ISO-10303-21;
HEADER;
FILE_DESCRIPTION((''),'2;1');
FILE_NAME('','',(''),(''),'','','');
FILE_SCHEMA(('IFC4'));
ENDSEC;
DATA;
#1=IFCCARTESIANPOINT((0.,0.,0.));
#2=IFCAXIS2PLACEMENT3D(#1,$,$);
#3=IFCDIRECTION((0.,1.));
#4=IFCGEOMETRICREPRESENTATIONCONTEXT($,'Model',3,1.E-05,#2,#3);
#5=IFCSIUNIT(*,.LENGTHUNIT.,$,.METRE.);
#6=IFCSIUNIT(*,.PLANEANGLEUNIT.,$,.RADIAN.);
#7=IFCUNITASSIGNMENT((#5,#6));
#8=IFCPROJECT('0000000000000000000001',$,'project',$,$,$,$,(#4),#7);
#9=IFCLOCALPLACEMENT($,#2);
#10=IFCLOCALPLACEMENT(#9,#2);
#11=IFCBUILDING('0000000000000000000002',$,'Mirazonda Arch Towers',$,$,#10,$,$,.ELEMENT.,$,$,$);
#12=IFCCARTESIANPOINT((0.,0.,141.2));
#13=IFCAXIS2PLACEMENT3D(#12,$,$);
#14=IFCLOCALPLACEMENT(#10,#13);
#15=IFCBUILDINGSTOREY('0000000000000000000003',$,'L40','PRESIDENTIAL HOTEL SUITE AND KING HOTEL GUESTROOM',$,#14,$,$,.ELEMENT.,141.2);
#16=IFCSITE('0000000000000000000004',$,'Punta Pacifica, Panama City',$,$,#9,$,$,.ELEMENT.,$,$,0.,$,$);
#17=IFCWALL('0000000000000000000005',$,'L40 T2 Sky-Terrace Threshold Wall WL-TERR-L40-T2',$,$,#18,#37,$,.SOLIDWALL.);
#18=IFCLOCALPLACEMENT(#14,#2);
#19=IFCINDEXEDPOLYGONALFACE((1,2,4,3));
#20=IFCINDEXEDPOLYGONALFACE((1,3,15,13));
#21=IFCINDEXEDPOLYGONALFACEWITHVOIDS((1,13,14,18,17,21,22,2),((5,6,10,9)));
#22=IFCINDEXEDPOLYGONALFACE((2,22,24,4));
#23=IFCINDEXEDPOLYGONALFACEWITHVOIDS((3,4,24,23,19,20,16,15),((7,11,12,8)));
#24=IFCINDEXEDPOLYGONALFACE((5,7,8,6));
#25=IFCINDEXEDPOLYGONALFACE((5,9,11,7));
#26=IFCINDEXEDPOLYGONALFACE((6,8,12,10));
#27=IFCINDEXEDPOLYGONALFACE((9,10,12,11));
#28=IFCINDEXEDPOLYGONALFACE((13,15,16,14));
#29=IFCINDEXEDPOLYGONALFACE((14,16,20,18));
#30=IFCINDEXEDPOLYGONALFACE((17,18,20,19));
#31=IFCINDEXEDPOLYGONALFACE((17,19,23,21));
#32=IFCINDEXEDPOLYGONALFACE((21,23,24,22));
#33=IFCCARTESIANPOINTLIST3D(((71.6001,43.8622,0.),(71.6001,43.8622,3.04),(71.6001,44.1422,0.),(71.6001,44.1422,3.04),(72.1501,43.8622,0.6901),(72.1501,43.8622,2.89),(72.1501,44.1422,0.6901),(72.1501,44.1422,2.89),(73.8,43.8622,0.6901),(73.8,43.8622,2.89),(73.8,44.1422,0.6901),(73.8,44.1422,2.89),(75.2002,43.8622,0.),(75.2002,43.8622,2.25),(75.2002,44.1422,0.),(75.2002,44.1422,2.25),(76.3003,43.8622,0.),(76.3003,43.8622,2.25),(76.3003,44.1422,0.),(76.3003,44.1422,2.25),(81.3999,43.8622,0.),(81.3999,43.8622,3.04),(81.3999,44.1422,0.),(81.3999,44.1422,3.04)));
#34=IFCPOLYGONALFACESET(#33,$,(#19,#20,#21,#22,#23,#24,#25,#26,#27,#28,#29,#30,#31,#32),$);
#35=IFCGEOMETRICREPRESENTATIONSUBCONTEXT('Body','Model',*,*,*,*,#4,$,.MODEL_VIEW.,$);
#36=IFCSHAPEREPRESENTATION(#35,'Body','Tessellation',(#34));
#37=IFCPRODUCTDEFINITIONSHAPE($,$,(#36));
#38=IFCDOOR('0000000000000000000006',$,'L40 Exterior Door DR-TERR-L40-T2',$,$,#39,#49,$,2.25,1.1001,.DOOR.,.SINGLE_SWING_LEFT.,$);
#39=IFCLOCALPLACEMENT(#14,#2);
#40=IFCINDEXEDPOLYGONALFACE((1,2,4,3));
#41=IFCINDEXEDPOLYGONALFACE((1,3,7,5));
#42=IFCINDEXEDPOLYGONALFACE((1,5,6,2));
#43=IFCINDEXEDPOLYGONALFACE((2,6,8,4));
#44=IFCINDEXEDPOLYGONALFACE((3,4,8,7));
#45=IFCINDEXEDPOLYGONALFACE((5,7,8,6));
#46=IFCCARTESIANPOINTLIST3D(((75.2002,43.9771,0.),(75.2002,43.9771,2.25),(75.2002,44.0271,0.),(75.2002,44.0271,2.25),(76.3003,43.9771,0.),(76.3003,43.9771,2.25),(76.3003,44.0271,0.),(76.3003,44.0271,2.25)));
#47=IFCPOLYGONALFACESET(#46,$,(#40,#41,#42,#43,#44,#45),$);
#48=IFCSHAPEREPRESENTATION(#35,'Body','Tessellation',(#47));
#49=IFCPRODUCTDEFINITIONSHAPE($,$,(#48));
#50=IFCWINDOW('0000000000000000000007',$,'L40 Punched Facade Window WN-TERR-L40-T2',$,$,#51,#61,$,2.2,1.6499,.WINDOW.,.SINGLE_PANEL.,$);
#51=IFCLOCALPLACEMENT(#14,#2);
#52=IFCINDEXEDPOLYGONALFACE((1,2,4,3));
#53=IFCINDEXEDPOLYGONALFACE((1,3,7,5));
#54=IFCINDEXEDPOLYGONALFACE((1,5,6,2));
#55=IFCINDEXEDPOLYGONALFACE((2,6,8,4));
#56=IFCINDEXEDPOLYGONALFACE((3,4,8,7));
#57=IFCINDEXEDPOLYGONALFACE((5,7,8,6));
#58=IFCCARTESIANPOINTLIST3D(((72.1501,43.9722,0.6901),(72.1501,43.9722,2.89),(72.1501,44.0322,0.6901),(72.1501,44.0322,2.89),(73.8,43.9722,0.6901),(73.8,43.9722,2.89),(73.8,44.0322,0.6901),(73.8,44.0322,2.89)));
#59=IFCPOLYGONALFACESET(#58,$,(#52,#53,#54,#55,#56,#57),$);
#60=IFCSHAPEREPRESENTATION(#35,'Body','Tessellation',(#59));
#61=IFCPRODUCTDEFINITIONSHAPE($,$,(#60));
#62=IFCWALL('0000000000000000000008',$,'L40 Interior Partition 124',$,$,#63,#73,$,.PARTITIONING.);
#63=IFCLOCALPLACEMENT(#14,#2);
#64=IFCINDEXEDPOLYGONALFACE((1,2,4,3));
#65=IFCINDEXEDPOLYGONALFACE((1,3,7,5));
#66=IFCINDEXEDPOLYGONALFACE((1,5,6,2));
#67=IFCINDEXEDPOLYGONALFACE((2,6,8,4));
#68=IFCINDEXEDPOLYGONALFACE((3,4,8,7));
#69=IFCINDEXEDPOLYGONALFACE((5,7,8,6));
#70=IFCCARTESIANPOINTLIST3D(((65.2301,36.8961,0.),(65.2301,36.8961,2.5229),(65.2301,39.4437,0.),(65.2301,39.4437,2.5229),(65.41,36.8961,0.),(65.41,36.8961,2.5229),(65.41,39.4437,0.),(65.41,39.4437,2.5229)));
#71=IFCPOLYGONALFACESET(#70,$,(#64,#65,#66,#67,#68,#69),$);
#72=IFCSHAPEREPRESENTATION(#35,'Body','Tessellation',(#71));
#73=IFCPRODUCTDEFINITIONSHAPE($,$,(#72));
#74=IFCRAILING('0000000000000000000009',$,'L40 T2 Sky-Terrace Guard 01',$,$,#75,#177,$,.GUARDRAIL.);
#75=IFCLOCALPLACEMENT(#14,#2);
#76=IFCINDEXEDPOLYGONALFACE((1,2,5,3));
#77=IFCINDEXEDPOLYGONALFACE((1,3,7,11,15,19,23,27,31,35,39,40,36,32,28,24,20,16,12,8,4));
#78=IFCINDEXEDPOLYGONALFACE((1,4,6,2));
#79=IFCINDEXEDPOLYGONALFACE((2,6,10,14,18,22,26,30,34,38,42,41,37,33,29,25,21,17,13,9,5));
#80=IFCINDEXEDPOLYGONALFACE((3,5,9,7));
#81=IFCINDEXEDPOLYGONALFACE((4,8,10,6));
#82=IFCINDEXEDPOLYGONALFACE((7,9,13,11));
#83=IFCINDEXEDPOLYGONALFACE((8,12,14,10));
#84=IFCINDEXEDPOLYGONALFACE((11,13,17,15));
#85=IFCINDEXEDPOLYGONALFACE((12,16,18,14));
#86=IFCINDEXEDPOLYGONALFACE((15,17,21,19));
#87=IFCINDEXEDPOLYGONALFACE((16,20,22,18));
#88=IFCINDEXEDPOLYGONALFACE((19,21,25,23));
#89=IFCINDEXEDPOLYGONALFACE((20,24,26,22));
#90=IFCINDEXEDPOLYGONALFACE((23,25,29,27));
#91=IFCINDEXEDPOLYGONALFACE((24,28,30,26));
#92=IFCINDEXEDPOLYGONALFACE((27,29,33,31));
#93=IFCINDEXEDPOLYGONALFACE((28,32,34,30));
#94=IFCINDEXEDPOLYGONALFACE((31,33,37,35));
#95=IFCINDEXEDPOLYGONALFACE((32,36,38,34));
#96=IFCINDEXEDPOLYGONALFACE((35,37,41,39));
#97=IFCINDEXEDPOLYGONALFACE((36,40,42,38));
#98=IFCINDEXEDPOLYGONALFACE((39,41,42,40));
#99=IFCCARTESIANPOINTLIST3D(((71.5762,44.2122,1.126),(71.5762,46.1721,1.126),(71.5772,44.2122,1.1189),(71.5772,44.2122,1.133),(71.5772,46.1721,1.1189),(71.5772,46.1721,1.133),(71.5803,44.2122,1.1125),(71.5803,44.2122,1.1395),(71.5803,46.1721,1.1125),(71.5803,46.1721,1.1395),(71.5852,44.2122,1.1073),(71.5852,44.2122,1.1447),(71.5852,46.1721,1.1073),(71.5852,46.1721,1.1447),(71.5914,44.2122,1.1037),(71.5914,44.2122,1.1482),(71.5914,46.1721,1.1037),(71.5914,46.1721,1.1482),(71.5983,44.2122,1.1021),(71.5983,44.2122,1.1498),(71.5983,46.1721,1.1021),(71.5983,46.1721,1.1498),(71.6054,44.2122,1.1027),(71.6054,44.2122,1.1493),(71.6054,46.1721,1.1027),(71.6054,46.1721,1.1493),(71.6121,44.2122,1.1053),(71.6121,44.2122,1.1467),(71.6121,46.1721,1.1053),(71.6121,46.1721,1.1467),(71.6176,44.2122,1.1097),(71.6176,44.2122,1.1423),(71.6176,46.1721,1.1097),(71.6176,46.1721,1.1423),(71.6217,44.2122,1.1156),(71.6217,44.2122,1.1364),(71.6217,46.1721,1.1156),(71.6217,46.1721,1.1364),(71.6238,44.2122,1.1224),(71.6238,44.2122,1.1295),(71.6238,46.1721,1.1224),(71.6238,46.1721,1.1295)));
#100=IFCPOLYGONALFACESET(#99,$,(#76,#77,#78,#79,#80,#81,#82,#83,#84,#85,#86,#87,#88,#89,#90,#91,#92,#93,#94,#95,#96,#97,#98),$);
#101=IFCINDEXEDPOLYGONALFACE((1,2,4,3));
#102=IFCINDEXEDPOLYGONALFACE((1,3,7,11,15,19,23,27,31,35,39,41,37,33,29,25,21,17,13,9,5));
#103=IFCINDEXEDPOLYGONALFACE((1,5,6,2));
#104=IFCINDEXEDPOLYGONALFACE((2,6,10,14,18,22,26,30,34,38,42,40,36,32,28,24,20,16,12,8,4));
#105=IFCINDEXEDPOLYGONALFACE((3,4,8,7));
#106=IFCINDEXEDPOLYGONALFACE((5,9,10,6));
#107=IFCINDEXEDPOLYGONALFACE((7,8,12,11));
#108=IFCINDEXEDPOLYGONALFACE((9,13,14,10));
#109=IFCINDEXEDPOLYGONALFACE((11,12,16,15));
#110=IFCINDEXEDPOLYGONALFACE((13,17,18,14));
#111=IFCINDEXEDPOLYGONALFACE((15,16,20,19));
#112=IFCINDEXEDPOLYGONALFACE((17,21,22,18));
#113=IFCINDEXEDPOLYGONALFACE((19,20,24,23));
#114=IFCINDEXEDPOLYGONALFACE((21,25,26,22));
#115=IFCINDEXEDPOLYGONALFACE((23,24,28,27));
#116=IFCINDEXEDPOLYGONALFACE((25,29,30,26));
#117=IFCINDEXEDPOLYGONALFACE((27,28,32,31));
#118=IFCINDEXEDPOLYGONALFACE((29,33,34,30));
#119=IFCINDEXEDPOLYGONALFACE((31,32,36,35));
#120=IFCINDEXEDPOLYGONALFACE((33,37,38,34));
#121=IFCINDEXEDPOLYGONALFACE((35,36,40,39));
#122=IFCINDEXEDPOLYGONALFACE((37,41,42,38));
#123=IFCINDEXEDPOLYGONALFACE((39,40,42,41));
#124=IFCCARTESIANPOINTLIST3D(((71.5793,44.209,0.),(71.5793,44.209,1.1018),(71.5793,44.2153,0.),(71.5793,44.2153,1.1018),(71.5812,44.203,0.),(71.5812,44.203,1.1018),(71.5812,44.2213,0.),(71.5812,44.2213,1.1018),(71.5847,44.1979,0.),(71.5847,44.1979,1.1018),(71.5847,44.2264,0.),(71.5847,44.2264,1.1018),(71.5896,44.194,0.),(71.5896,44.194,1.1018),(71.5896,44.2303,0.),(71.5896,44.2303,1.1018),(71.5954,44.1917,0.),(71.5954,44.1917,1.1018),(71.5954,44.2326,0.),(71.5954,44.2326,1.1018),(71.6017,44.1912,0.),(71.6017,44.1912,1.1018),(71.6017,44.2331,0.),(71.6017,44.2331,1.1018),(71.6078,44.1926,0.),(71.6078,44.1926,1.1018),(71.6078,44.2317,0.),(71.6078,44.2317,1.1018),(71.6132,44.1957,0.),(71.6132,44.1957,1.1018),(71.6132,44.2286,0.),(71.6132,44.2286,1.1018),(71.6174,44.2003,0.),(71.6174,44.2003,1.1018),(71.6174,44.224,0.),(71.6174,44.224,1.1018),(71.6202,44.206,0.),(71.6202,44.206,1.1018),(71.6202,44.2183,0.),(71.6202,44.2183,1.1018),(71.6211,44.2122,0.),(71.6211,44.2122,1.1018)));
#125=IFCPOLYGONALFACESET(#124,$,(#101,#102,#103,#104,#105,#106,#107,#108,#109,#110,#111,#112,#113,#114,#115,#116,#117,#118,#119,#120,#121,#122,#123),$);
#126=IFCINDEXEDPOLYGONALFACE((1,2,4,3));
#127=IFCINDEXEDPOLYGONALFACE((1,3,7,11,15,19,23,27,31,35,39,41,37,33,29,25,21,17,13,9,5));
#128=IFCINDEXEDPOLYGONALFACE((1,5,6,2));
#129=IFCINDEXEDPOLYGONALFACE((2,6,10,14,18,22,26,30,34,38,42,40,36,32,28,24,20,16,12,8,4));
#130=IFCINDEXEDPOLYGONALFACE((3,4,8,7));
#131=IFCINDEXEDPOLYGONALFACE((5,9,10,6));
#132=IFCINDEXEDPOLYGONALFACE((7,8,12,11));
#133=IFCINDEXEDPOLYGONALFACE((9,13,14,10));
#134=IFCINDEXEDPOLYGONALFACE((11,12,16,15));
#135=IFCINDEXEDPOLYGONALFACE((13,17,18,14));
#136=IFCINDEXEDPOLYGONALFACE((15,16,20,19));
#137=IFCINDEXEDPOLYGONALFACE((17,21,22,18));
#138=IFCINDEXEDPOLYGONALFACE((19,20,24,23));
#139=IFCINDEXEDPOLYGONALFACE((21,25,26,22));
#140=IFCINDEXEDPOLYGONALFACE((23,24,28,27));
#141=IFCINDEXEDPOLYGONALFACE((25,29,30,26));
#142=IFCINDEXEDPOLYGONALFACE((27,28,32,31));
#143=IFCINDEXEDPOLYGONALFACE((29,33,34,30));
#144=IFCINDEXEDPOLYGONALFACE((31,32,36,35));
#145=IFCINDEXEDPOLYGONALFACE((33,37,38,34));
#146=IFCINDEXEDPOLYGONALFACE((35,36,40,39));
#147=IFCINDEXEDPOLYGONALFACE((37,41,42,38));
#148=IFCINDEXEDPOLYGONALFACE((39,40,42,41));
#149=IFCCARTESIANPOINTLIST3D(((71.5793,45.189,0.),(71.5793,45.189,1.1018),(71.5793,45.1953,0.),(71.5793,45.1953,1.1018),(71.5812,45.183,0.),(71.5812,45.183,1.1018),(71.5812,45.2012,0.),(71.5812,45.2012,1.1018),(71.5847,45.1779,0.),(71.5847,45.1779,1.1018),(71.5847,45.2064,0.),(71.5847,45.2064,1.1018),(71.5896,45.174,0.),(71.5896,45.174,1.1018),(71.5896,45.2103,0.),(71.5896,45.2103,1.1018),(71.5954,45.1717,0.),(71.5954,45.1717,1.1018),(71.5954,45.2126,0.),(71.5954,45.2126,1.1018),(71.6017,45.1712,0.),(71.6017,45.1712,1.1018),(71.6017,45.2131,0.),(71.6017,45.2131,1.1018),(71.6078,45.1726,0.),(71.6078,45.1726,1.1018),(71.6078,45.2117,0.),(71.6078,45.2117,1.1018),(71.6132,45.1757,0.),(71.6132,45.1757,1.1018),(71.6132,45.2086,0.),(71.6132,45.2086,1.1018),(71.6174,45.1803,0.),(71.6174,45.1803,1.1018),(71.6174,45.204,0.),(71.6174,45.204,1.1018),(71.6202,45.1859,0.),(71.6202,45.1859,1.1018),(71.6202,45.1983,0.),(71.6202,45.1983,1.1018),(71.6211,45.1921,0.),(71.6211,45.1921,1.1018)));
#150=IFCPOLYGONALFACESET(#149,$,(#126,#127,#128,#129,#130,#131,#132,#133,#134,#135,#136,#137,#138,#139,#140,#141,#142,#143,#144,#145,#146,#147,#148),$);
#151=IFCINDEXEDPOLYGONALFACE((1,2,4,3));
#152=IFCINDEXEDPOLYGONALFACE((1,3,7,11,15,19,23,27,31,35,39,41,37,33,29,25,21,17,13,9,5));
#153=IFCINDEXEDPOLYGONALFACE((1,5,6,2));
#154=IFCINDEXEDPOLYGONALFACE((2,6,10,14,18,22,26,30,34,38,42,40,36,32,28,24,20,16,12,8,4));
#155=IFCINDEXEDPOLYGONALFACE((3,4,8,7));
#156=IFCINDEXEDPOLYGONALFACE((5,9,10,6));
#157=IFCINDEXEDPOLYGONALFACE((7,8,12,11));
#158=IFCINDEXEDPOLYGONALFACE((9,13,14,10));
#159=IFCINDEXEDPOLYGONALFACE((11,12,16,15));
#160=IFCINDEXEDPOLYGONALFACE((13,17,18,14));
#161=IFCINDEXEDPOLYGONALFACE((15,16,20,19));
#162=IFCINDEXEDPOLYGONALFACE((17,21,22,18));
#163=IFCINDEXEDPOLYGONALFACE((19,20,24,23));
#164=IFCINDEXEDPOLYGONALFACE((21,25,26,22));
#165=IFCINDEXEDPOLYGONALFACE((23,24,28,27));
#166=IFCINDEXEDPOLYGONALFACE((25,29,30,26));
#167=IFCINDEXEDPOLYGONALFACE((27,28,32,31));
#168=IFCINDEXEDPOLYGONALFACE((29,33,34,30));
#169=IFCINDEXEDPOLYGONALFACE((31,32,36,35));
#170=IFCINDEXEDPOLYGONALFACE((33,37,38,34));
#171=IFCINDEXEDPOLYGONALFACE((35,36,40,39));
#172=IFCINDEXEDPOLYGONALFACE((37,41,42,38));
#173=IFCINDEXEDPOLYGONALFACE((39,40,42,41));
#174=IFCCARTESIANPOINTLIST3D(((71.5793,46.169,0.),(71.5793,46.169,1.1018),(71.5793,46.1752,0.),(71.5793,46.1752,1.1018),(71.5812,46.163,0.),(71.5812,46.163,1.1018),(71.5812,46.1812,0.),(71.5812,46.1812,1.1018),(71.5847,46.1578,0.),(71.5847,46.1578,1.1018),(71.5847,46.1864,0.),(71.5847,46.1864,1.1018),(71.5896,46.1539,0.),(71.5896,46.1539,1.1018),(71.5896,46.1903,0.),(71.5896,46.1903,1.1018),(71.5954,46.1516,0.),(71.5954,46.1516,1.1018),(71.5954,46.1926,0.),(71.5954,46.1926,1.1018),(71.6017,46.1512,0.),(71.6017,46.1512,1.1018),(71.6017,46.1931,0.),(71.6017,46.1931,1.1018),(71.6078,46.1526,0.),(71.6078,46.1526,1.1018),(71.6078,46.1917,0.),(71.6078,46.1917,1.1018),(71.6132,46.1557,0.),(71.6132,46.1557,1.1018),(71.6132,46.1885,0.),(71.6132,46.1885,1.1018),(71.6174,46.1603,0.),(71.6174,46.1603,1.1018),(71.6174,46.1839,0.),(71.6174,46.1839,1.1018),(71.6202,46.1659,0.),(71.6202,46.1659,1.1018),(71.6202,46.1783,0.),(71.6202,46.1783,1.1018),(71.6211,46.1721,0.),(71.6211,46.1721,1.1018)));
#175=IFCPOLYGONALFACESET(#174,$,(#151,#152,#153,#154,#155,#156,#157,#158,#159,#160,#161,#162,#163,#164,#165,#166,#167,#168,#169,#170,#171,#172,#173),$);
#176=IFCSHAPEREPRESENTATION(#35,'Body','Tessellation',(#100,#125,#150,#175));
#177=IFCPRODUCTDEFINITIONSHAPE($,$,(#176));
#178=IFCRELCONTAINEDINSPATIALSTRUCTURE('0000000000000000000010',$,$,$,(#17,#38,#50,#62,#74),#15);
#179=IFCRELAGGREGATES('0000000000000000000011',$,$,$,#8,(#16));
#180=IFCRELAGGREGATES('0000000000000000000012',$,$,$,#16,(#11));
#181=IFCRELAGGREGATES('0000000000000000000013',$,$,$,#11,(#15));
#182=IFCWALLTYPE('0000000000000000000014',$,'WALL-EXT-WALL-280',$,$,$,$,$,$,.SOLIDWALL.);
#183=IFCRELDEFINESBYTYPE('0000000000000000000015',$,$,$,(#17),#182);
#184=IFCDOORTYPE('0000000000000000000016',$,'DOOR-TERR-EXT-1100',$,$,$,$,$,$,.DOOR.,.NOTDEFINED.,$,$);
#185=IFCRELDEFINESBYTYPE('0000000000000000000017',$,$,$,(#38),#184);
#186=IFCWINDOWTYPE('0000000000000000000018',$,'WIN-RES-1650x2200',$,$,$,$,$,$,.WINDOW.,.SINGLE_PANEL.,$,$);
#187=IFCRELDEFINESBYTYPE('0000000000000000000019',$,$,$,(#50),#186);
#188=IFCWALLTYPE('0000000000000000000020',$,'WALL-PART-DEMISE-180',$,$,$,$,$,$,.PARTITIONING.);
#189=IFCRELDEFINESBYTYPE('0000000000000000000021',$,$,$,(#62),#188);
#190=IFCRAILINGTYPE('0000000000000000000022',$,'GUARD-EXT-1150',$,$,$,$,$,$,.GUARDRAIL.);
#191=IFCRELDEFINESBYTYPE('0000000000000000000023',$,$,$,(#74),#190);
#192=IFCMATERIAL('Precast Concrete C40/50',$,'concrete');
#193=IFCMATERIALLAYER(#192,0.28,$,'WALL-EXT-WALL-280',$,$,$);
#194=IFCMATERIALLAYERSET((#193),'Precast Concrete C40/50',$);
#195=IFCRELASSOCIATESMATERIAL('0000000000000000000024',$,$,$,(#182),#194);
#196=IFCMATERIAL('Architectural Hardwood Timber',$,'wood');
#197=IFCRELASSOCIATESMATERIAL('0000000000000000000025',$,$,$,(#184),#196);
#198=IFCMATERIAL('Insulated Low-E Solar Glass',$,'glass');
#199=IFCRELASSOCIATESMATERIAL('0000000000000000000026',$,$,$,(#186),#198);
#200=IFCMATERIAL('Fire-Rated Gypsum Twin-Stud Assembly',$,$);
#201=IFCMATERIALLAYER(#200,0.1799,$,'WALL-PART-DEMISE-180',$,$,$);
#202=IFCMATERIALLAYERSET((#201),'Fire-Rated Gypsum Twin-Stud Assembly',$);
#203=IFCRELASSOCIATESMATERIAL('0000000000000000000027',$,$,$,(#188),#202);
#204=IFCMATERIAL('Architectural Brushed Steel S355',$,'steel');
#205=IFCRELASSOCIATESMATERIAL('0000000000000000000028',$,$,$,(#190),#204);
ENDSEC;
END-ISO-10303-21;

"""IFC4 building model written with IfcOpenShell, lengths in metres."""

from ifc_helpers import new_model, si_unit, direction, frame, frame_2d, origin, origin_2d, place, context, subcontext, project, spatial, rectangle, circle, extrude, material, layer, layer_set, type_object, element, fill, save


model = new_model("IFC4")

# Units and contexts
model_context = context("Model", 3, precision=1e-05, world=origin(), true_north=direction((0.0, 1.0)))
body_context = subcontext(model_context, "Body", "Model", "MODEL_VIEW")
ifc_project = project(units=[si_unit("LENGTHUNIT", "METRE"), si_unit("PLANEANGLEUNIT", "RADIAN")], contexts=[model_context])

# Site, building, storey
site_placement = place(None, origin())
site = spatial("IfcSite", under=ifc_project, at=site_placement, Name="Punta Pacifica, Panama City", CompositionType="ELEMENT", RefElevation=0.0)
building_placement = place(site_placement, origin())
building = spatial("IfcBuilding", under=site, at=building_placement, Name="Mirazonda Arch Towers", CompositionType="ELEMENT")
storey_placement = place(building_placement, frame((0.0, 0.0, 141.2)))
storey = spatial("IfcBuildingStorey", under=building, at=storey_placement, Name="L40", Description="PRESIDENTIAL HOTEL SUITE AND KING HOTEL GUESTROOM", CompositionType="ELEMENT", Elevation=141.2)

# Shared definitions
ifc_material_1 = material(Name="Insulated Low-E Solar Glass", Category="glass")

# Wall, openings, door, window
ifc_material_2 = material(Name="Precast Concrete C40/50", Category="concrete")
ifc_layer_1 = layer(ifc_material_2, 0.28, Name="WALL-EXT-WALL-280")
ifc_layer_set_1 = layer_set([ifc_layer_1], Name="Precast Concrete C40/50")
wall_type_1 = type_object("IfcWallType", Name="WALL-EXT-WALL-280", PredefinedType="SOLIDWALL", material=ifc_layer_set_1)
wall_1_placement = place(storey_placement, frame((71.6001, 44.0022, 0.0), z_axis=(0.0, 0.0, 1.0), x_axis=(1.0, 0.0, 0.0)))
wall_1 = element("IfcWall", 1, at=wall_1_placement, inside=storey, type_object=wall_type_1, Name="L40 T2 Sky-Terrace Threshold Wall WL-TERR-L40-T2", PredefinedType="SOLIDWALL", context=body_context, shape_type="SweptSolid", body=[
    extrude(rectangle(XDim=9.7998, YDim=0.28, at=frame_2d((4.8999, 0.0))), origin(), (0.0, 0.0, 1.0), 3.04),
])
opening_1_placement = place(wall_1_placement, frame((0.55, 0.0, 0.6899)))
opening_1 = element("IfcOpeningElement", 2, at=opening_1_placement, cuts=wall_1, PredefinedType="OPENING", context=body_context, shape_type="SweptSolid", body=[
    extrude(rectangle(XDim=1.6499, YDim=2.2, at=frame_2d((0.825, 1.1001))), frame((0.0, 0.1499, 0.0), z_axis=(0.0, -1.0, 0.0), x_axis=(1.0, 0.0, 0.0)), (0.0, 0.0, 1.0), 0.3),
])
opening_2_placement = place(wall_1_placement, frame((3.6001, 0.0, 0.0)))
opening_2 = element("IfcOpeningElement", 3, at=opening_2_placement, cuts=wall_1, PredefinedType="OPENING", context=body_context, shape_type="SweptSolid", body=[
    extrude(rectangle(XDim=1.1001, YDim=2.25, at=frame_2d((0.55, 1.125))), frame((0.0, 0.1499, 0.0), z_axis=(0.0, -1.0, 0.0), x_axis=(1.0, 0.0, 0.0)), (0.0, 0.0, 1.0), 0.3),
])
ifc_material_3 = material(Name="Architectural Hardwood Timber", Category="wood")
door_type = type_object("IfcDoorType", Name="DOOR-TERR-EXT-1100", OperationType="NOTDEFINED", PredefinedType="DOOR", material=ifc_material_3)
door_placement = place(opening_2_placement, origin())
door = element("IfcDoor", 4, at=door_placement, inside=storey, type_object=door_type, Name="L40 Exterior Door DR-TERR-L40-T2", OperationType="SINGLE_SWING_LEFT", OverallHeight=2.25, OverallWidth=1.1001, PredefinedType="DOOR", context=body_context, shape_type="SweptSolid", body=[
    extrude(rectangle(XDim=1.1001, YDim=2.25, at=frame_2d((0.55, 1.125))), frame((0.0, 0.0249, 0.0), z_axis=(0.0, -1.0, 0.0), x_axis=(1.0, 0.0, 0.0)), (0.0, 0.0, 1.0), 0.05),
])
fill(opening_2, door)
window_type = type_object("IfcWindowType", Name="WIN-RES-1650x2200", PartitioningType="SINGLE_PANEL", PredefinedType="WINDOW", material=ifc_material_1)
window_placement = place(opening_1_placement, origin())
window = element("IfcWindow", 5, at=window_placement, inside=storey, type_object=window_type, Name="L40 Punched Facade Window WN-TERR-L40-T2", OverallHeight=2.2, OverallWidth=1.6499, PartitioningType="SINGLE_PANEL", PredefinedType="WINDOW", context=body_context, shape_type="SweptSolid", body=[
    extrude(rectangle(XDim=1.6499, YDim=2.2, at=frame_2d((0.825, 1.1001))), frame((0.0, 0.03, 0.0), z_axis=(0.0, -1.0, 0.0), x_axis=(1.0, 0.0, 0.0)), (0.0, 0.0, 1.0), 0.0601),
])
fill(opening_1, window)

# Wall
ifc_material_4 = material(Name="Fire-Rated Gypsum Twin-Stud Assembly")
ifc_layer_2 = layer(ifc_material_4, 0.1799, Name="WALL-PART-DEMISE-180")
ifc_layer_set_2 = layer_set([ifc_layer_2], Name="Fire-Rated Gypsum Twin-Stud Assembly")
wall_type_2 = type_object("IfcWallType", Name="WALL-PART-DEMISE-180", PredefinedType="PARTITIONING", material=ifc_layer_set_2)
wall_2_placement = place(storey_placement, frame((65.3201, 36.896, 0.0), z_axis=(0.0, 0.0, 1.0), x_axis=(0.0, 1.0, 0.0)))
element("IfcWall", 6, at=wall_2_placement, inside=storey, type_object=wall_type_2, Name="L40 Interior Partition 124", PredefinedType="PARTITIONING", context=body_context, shape_type="SweptSolid", body=[
    extrude(rectangle(XDim=2.5476, YDim=0.1799, at=frame_2d((1.2739, 0.0))), origin(), (0.0, 0.0, 1.0), 2.5229),
])

# Railing
ifc_material_5 = material(Name="Architectural Brushed Steel S355", Category="steel")
railing_type_1 = type_object("IfcRailingType", Name="GUARD-EXT-1150", PredefinedType="GUARDRAIL", material=ifc_material_5)
railing_1_placement = place(storey_placement, frame((71.6001, 44.2122, 0.0)))
element("IfcRailing", 7, at=railing_1_placement, inside=storey, type_object=railing_type_1, Name="L40 T2 Sky-Terrace Guard 01", PredefinedType="GUARDRAIL", context=body_context, shape_type="SweptSolid", body=[
    extrude(circle(Radius=0.0239, at=origin_2d()), frame((0.0, 0.0, 1.126), z_axis=(0.0, 1.0, 0.0), x_axis=(-1.0, 0.0, 0.0)), (0.0, 0.0, 1.0), 1.96),
    extrude(circle(Radius=0.021, at=origin_2d()), origin(), (0.0, 0.0, 1.0), 1.1018),
    extrude(circle(Radius=0.021, at=origin_2d()), frame((0.0, 0.98, 0.0)), (0.0, 0.0, 1.0), 1.1018),
    extrude(circle(Radius=0.021, at=origin_2d()), frame((0.0, 1.96, 0.0)), (0.0, 0.0, 1.0), 1.1018),
])

save(model, "model.ifc")
